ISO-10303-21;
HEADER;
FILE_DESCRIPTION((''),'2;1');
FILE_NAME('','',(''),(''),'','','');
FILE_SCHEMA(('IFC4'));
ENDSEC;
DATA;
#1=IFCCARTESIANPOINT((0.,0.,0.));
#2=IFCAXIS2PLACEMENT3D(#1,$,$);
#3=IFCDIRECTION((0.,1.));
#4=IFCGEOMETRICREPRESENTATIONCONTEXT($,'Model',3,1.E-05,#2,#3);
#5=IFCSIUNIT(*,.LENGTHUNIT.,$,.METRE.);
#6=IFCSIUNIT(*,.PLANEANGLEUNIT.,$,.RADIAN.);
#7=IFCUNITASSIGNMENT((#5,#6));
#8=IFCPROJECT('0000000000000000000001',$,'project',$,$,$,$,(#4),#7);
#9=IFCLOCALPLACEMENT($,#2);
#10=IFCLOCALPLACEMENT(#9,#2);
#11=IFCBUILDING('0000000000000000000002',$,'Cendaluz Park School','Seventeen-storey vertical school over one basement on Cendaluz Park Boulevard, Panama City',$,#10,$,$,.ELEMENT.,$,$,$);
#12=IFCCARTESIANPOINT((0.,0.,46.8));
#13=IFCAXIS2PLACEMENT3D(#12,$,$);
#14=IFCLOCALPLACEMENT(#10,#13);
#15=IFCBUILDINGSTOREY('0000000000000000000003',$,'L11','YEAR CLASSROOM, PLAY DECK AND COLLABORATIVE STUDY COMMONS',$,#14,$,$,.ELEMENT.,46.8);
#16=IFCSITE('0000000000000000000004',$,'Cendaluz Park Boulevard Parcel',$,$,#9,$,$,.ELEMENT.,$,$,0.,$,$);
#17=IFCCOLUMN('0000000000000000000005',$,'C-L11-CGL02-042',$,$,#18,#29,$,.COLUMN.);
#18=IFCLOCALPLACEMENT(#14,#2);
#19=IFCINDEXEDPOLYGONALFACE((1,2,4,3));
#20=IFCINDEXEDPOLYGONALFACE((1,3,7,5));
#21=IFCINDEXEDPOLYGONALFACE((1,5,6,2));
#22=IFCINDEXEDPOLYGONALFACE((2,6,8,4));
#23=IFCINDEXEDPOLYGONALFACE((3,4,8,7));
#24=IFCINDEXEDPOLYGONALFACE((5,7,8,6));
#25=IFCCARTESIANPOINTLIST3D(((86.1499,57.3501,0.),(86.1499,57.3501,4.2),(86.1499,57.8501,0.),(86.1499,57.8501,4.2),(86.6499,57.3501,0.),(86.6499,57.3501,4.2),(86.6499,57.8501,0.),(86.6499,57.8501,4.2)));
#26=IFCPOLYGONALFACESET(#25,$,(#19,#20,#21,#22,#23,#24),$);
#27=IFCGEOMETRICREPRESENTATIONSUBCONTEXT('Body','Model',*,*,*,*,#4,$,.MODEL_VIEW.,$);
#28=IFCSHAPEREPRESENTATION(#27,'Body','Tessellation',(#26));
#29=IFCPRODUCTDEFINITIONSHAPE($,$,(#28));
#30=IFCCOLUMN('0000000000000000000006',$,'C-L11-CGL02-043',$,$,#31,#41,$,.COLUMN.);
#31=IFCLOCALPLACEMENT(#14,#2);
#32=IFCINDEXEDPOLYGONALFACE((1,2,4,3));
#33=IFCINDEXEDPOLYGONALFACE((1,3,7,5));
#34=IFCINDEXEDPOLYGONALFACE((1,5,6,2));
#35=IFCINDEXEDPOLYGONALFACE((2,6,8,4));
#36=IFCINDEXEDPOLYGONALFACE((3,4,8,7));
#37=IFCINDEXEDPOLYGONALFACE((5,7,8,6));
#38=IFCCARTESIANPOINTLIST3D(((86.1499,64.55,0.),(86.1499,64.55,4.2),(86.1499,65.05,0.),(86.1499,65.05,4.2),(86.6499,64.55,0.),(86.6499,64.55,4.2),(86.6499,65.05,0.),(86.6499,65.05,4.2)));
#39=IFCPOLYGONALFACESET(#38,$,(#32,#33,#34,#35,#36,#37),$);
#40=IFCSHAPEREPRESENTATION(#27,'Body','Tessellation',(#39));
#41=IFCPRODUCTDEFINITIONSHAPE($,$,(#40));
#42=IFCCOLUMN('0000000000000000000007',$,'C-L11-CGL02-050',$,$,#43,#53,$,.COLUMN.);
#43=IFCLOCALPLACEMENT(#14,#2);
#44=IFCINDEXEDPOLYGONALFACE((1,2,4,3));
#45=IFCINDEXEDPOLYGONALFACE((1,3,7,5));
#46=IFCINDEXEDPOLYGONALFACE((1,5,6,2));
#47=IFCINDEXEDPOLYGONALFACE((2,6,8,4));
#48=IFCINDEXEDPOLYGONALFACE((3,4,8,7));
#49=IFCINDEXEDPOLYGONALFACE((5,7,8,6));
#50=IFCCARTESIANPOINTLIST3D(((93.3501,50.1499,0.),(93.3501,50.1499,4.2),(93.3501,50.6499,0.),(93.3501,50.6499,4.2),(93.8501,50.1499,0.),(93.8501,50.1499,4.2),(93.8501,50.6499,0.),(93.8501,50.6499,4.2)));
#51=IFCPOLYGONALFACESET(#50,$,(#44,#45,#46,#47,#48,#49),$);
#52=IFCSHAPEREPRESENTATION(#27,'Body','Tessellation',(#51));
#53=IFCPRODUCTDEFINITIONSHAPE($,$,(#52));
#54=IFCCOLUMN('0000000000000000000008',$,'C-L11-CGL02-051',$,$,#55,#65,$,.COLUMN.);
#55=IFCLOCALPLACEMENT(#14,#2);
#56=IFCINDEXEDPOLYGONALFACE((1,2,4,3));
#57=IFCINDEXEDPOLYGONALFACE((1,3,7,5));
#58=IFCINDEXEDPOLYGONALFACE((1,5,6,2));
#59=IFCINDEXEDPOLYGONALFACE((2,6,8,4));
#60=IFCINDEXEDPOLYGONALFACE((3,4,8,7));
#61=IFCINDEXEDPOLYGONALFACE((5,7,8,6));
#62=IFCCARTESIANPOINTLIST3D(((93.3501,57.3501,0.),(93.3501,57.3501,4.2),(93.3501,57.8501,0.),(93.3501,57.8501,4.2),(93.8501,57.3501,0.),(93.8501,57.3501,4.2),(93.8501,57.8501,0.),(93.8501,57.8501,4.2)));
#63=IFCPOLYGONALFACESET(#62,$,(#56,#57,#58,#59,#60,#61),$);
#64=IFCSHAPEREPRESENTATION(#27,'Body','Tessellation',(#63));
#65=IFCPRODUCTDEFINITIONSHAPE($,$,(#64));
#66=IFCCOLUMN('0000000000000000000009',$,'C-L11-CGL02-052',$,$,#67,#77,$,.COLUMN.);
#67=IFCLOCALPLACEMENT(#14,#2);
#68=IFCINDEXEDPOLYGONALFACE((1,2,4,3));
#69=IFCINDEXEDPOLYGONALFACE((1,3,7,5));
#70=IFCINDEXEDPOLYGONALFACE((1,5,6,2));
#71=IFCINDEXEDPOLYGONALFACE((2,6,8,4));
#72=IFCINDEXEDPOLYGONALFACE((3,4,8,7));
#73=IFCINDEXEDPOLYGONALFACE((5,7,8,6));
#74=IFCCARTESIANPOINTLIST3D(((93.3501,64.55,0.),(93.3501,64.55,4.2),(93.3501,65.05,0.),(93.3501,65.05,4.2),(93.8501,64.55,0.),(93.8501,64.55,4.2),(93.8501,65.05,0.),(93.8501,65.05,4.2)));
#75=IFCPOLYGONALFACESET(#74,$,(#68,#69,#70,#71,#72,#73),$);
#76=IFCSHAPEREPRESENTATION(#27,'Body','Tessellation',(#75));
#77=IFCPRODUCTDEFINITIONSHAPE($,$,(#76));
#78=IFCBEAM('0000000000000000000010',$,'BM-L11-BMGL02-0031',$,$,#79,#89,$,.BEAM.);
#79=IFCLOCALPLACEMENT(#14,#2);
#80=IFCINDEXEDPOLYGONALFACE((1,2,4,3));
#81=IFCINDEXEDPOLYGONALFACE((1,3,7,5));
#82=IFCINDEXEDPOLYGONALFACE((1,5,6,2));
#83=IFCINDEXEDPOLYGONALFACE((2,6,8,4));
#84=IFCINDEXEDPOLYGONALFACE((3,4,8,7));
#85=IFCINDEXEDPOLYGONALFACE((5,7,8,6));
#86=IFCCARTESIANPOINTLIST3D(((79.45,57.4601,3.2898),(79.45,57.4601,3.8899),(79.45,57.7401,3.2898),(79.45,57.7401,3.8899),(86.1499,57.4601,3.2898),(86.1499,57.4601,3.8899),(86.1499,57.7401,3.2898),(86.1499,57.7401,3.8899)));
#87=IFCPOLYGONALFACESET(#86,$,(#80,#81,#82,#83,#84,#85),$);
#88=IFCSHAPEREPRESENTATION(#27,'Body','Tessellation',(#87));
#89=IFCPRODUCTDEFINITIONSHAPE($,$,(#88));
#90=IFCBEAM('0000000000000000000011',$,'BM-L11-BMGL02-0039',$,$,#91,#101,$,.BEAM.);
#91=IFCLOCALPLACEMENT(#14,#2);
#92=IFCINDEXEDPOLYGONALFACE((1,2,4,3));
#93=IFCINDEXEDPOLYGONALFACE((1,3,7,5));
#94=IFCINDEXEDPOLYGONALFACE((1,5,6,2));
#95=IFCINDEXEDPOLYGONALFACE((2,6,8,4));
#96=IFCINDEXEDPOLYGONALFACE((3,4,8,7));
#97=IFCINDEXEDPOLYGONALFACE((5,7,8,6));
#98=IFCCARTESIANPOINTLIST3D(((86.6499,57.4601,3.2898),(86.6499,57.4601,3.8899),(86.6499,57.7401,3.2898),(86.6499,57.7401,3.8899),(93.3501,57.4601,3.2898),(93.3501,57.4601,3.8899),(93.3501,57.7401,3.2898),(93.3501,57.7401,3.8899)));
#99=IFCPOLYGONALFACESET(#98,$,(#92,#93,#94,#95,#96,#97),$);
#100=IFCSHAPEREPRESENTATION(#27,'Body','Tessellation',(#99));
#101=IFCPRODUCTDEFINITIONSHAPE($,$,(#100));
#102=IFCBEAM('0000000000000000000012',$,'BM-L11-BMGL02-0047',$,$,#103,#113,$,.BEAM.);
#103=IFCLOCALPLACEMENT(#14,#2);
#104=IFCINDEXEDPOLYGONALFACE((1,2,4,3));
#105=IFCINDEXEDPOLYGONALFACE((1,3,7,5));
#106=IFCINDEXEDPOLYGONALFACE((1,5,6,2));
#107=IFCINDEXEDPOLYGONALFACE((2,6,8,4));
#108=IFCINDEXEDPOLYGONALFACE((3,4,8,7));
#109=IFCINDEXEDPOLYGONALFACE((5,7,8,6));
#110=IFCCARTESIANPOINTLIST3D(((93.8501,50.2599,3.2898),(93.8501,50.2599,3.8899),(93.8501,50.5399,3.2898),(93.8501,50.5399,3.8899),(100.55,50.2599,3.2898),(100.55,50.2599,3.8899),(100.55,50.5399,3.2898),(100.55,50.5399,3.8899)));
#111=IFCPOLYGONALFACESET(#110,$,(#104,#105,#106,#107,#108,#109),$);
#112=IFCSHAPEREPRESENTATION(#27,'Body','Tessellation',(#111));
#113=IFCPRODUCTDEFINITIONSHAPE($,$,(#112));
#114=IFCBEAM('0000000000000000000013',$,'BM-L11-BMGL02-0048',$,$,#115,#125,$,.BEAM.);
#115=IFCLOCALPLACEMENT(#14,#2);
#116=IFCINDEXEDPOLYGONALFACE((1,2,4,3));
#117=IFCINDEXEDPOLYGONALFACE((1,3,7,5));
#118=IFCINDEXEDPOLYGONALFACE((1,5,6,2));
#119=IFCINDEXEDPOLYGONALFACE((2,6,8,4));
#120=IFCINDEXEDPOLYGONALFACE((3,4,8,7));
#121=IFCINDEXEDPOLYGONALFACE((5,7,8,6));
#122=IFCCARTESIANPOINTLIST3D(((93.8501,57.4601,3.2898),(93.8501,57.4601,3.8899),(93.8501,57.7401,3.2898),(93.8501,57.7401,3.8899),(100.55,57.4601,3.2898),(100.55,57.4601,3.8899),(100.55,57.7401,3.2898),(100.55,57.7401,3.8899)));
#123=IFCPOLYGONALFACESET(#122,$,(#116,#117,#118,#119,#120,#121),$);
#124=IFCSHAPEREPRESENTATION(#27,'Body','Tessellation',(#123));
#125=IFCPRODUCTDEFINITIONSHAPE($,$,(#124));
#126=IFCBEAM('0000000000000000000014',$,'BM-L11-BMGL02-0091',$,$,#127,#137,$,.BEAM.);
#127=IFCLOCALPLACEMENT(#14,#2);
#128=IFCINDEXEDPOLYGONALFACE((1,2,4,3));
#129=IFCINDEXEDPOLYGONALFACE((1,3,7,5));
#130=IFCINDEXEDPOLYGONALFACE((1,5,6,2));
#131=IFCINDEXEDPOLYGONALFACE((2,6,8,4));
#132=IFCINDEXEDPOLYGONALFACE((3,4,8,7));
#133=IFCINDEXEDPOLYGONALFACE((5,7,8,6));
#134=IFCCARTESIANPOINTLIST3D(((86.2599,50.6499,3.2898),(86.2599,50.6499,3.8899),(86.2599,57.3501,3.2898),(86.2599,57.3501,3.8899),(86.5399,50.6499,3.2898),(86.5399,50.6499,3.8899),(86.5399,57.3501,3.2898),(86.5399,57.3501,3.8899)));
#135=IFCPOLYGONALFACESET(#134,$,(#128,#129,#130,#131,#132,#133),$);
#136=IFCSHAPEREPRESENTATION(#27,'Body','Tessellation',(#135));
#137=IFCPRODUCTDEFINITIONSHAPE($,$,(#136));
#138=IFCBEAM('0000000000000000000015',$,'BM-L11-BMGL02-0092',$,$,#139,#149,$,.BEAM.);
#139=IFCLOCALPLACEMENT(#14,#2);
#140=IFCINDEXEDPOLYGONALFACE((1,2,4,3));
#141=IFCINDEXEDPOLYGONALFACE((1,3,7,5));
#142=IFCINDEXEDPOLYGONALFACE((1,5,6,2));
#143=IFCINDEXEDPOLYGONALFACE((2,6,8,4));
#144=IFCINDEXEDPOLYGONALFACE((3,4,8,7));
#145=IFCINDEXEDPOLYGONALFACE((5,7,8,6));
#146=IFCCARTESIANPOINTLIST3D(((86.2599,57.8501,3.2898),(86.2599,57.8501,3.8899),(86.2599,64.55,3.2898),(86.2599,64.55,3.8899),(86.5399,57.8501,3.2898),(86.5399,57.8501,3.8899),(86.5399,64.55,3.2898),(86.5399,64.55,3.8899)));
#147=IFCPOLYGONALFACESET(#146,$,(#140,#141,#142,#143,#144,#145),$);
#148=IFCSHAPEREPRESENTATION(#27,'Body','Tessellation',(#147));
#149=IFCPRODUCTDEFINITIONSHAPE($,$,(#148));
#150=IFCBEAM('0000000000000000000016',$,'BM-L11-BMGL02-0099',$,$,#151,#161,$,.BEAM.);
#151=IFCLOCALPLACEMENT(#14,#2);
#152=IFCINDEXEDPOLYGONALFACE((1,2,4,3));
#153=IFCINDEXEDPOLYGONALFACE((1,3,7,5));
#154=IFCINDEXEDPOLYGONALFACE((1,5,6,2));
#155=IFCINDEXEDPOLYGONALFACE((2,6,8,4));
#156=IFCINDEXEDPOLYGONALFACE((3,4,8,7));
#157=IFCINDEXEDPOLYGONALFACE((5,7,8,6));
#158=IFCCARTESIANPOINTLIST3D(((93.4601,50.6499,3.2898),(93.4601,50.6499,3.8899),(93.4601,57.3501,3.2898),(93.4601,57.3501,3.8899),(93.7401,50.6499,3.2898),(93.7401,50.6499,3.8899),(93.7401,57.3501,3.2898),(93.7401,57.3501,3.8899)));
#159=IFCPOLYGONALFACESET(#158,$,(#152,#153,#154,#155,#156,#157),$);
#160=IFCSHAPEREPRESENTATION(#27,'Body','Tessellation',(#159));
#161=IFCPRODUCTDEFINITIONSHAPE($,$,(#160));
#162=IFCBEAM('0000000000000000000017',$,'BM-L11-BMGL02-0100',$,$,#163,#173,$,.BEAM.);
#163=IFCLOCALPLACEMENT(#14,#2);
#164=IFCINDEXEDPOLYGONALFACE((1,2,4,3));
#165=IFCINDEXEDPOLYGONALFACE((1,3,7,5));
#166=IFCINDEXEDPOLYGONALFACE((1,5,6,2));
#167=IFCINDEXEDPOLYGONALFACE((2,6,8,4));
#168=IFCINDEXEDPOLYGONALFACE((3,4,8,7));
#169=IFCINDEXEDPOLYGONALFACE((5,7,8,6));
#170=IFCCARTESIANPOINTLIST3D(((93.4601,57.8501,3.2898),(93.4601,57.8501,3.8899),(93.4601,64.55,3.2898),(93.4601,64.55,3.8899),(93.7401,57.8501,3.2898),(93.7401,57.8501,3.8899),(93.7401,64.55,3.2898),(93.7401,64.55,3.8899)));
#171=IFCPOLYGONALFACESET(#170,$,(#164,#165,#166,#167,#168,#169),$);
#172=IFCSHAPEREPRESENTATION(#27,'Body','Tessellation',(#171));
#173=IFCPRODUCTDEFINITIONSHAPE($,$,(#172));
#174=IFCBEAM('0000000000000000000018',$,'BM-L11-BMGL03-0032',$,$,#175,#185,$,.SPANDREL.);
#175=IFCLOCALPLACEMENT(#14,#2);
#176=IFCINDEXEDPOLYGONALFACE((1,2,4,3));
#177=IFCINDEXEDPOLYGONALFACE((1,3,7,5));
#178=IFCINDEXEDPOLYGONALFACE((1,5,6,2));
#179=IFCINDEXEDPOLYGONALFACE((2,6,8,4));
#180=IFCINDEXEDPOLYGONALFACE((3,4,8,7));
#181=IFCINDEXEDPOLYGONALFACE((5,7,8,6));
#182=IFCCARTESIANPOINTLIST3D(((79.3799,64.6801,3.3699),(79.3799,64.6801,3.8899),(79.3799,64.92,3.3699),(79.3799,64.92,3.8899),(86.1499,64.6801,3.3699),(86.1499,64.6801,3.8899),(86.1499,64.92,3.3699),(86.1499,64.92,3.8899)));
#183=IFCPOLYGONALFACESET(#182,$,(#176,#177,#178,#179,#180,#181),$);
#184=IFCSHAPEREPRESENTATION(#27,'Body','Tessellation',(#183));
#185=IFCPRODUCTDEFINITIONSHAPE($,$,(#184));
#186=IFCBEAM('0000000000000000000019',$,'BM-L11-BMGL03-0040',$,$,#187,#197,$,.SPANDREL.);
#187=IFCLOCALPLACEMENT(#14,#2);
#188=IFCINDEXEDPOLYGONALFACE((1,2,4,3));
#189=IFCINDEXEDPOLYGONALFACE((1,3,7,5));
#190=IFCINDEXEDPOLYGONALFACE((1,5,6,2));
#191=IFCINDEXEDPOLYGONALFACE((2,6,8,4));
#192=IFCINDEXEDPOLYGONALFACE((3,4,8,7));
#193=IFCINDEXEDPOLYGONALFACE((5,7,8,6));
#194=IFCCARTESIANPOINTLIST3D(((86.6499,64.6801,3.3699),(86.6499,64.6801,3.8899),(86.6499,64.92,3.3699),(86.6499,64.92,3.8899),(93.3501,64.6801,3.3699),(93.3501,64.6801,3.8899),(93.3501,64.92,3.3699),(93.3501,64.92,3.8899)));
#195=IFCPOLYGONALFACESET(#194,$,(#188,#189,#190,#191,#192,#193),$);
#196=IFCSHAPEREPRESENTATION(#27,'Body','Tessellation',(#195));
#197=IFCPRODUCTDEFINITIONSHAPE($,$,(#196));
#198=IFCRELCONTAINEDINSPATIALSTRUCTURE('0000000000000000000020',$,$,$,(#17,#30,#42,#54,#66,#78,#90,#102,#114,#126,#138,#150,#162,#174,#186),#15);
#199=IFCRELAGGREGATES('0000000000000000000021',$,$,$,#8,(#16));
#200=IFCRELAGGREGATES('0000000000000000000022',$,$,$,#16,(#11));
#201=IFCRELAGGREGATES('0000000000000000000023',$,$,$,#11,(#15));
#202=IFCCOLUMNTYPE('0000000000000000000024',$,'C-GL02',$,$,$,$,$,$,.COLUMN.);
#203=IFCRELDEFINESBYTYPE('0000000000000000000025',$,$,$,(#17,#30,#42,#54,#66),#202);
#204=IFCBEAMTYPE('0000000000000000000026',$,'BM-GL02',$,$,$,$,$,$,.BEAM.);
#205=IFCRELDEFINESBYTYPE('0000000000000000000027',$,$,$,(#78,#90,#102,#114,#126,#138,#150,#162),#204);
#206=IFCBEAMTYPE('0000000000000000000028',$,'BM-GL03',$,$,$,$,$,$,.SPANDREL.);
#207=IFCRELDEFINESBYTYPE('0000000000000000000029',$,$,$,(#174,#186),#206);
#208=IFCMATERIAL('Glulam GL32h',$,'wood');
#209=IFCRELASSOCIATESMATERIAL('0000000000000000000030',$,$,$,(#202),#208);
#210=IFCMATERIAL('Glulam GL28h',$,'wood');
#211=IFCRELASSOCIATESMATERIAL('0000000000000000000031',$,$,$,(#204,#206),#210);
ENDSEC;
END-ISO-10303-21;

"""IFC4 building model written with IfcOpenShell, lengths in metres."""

from ifc_helpers import new_model, si_unit, direction, frame, origin, origin_2d, place, context, subcontext, project, spatial, rectangle, extrude, material, material_profile, profile_set, type_object, element, save


model = new_model("IFC4")

# Units and contexts
model_context = context("Model", 3, precision=1e-05, world=origin(), true_north=direction((0.0, 1.0)))
body_context = subcontext(model_context, "Body", "Model", "MODEL_VIEW")
ifc_project = project(units=[si_unit("LENGTHUNIT", "METRE"), si_unit("PLANEANGLEUNIT", "RADIAN")], contexts=[model_context])

# Site, building, storey
site_placement = place(None, origin())
site = spatial("IfcSite", under=ifc_project, at=site_placement, Name="Cendaluz Park Boulevard Parcel", CompositionType="ELEMENT", RefElevation=0.0)
building_placement = place(site_placement, origin())
building = spatial("IfcBuilding", under=site, at=building_placement, Name="Cendaluz Park School", Description="Seventeen-storey vertical school over one basement on Cendaluz Park Boulevard, Panama City", CompositionType="ELEMENT")
storey_placement = place(building_placement, frame((0.0, 0.0, 46.8)))
storey = spatial("IfcBuildingStorey", under=building, at=storey_placement, Name="L11", Description="YEAR CLASSROOM, PLAY DECK AND COLLABORATIVE STUDY COMMONS", CompositionType="ELEMENT", Elevation=46.8)

# Columns
ifc_material_1 = material(Name="Glulam GL32h", Category="wood")
ifc_material_profile_1 = material_profile(ifc_material_1, rectangle(XDim=0.5, YDim=0.5, at=origin_2d()), Name="GL32h 500x500", Category="wood")
ifc_profile_set_1 = profile_set([ifc_material_profile_1], Name="Glulam GL32h")
column_type = type_object("IfcColumnType", Name="C-GL02", PredefinedType="COLUMN", material=ifc_profile_set_1)
for number, where, z_axis, x_axis, name in (
    (1, (86.3999, 57.6001, 0.0), (0.0, 0.0, 1.0), (1.0, 0.0, 0.0), "C-L11-CGL02-042"),
    (2, (86.3999, 64.8, 0.0), (0.0, 0.0, 1.0), (1.0, 0.0, 0.0), "C-L11-CGL02-043"),
    (3, (93.6001, 50.3999, 0.0), (0.0, 0.0, 1.0), (1.0, 0.0, 0.0), "C-L11-CGL02-050"),
    (4, (93.6001, 57.6001, 0.0), (0.0, 0.0, 1.0), (1.0, 0.0, 0.0), "C-L11-CGL02-051"),
    (5, (93.6001, 64.8, 0.0), (0.0, 0.0, 1.0), (1.0, 0.0, 0.0), "C-L11-CGL02-052"),
):
    element("IfcColumn", number, at=place(storey_placement, frame(where, z_axis=z_axis, x_axis=x_axis)), inside=storey, type_object=column_type, Name=name, PredefinedType="COLUMN", context=body_context, shape_type="SweptSolid", body=[
        extrude(rectangle(XDim=0.5, YDim=0.5, at=origin_2d()), origin(), (0.0, 0.0, 1.0), 4.2),
    ])

# Beams
ifc_material_2 = material(Name="Glulam GL28h", Category="wood")
ifc_material_profile_2 = material_profile(ifc_material_2, rectangle(XDim=0.28, YDim=0.6001, at=origin_2d()), Name="GL28h 280x600", Category="wood")
ifc_profile_set_2 = profile_set([ifc_material_profile_2], Name="Glulam GL28h")
beam_type_1 = type_object("IfcBeamType", Name="BM-GL02", PredefinedType="BEAM", material=ifc_profile_set_2)
beam_1_placement = place(storey_placement, frame((79.45, 57.6001, 3.5898), z_axis=(1.0, 0.0, 0.0), x_axis=(0.0, 1.0, 0.0)))
element("IfcBeam", 6, at=beam_1_placement, inside=storey, type_object=beam_type_1, Name="BM-L11-BMGL02-0031", PredefinedType="BEAM", context=body_context, shape_type="SweptSolid", body=[
    extrude(rectangle(XDim=0.28, YDim=0.6001, at=origin_2d()), origin(), (0.0, 0.0, 1.0), 6.7),
])
beam_2_placement = place(storey_placement, frame((86.6499, 57.6001, 3.5898), z_axis=(1.0, 0.0, 0.0), x_axis=(0.0, 1.0, 0.0)))
element("IfcBeam", 7, at=beam_2_placement, inside=storey, type_object=beam_type_1, Name="BM-L11-BMGL02-0039", PredefinedType="BEAM", context=body_context, shape_type="SweptSolid", body=[
    extrude(rectangle(XDim=0.28, YDim=0.6001, at=origin_2d()), origin(), (0.0, 0.0, 1.0), 6.7002),
])
for number, where, z_axis, x_axis, name in (
    (8, (93.8501, 50.3999, 3.5898), (1.0, 0.0, 0.0), (0.0, 1.0, 0.0), "BM-L11-BMGL02-0047"),
    (9, (93.8501, 57.6001, 3.5898), (1.0, 0.0, 0.0), (0.0, 1.0, 0.0), "BM-L11-BMGL02-0048"),
):
    element("IfcBeam", number, at=place(storey_placement, frame(where, z_axis=z_axis, x_axis=x_axis)), inside=storey, type_object=beam_type_1, Name=name, PredefinedType="BEAM", context=body_context, shape_type="SweptSolid", body=[
        extrude(rectangle(XDim=0.28, YDim=0.6001, at=origin_2d()), origin(), (0.0, 0.0, 1.0), 6.7),
    ])
beam_3_placement = place(storey_placement, frame((86.3999, 50.6499, 3.5898), z_axis=(0.0, 1.0, 0.0), x_axis=(-1.0, 0.0, 0.0)))
element("IfcBeam", 10, at=beam_3_placement, inside=storey, type_object=beam_type_1, Name="BM-L11-BMGL02-0091", PredefinedType="BEAM", context=body_context, shape_type="SweptSolid", body=[
    extrude(rectangle(XDim=0.28, YDim=0.6001, at=origin_2d()), origin(), (0.0, 0.0, 1.0), 6.7002),
])
beam_4_placement = place(storey_placement, frame((86.3999, 57.8501, 3.5898), z_axis=(0.0, 1.0, 0.0), x_axis=(-1.0, 0.0, 0.0)))
element("IfcBeam", 11, at=beam_4_placement, inside=storey, type_object=beam_type_1, Name="BM-L11-BMGL02-0092", PredefinedType="BEAM", context=body_context, shape_type="SweptSolid", body=[
    extrude(rectangle(XDim=0.28, YDim=0.6001, at=origin_2d()), origin(), (0.0, 0.0, 1.0), 6.7),
])
beam_5_placement = place(storey_placement, frame((93.6001, 50.6499, 3.5898), z_axis=(0.0, 1.0, 0.0), x_axis=(-1.0, 0.0, 0.0)))
element("IfcBeam", 12, at=beam_5_placement, inside=storey, type_object=beam_type_1, Name="BM-L11-BMGL02-0099", PredefinedType="BEAM", context=body_context, shape_type="SweptSolid", body=[
    extrude(rectangle(XDim=0.28, YDim=0.6001, at=origin_2d()), origin(), (0.0, 0.0, 1.0), 6.7002),
])
beam_6_placement = place(storey_placement, frame((93.6001, 57.8501, 3.5898), z_axis=(0.0, 1.0, 0.0), x_axis=(-1.0, 0.0, 0.0)))
element("IfcBeam", 13, at=beam_6_placement, inside=storey, type_object=beam_type_1, Name="BM-L11-BMGL02-0100", PredefinedType="BEAM", context=body_context, shape_type="SweptSolid", body=[
    extrude(rectangle(XDim=0.28, YDim=0.6001, at=origin_2d()), origin(), (0.0, 0.0, 1.0), 6.7),
])
ifc_material_profile_3 = material_profile(ifc_material_2, rectangle(XDim=0.24, YDim=0.52, at=origin_2d()), Name="GL28h 240x520", Category="wood")
ifc_profile_set_3 = profile_set([ifc_material_profile_3], Name="Glulam GL28h")
beam_type_2 = type_object("IfcBeamType", Name="BM-GL03", PredefinedType="SPANDREL", material=ifc_profile_set_3)
beam_7_placement = place(storey_placement, frame((79.3799, 64.8, 3.6299), z_axis=(1.0, 0.0, 0.0), x_axis=(0.0, 1.0, 0.0)))
element("IfcBeam", 14, at=beam_7_placement, inside=storey, type_object=beam_type_2, Name="BM-L11-BMGL03-0032", PredefinedType="SPANDREL", context=body_context, shape_type="SweptSolid", body=[
    extrude(rectangle(XDim=0.24, YDim=0.52, at=origin_2d()), origin(), (0.0, 0.0, 1.0), 6.77),
])
beam_8_placement = place(storey_placement, frame((86.6499, 64.8, 3.6299), z_axis=(1.0, 0.0, 0.0), x_axis=(0.0, 1.0, 0.0)))
element("IfcBeam", 15, at=beam_8_placement, inside=storey, type_object=beam_type_2, Name="BM-L11-BMGL03-0040", PredefinedType="SPANDREL", context=body_context, shape_type="SweptSolid", body=[
    extrude(rectangle(XDim=0.24, YDim=0.52, at=origin_2d()), origin(), (0.0, 0.0, 1.0), 6.7002),
])

save(model, "model.ifc")
